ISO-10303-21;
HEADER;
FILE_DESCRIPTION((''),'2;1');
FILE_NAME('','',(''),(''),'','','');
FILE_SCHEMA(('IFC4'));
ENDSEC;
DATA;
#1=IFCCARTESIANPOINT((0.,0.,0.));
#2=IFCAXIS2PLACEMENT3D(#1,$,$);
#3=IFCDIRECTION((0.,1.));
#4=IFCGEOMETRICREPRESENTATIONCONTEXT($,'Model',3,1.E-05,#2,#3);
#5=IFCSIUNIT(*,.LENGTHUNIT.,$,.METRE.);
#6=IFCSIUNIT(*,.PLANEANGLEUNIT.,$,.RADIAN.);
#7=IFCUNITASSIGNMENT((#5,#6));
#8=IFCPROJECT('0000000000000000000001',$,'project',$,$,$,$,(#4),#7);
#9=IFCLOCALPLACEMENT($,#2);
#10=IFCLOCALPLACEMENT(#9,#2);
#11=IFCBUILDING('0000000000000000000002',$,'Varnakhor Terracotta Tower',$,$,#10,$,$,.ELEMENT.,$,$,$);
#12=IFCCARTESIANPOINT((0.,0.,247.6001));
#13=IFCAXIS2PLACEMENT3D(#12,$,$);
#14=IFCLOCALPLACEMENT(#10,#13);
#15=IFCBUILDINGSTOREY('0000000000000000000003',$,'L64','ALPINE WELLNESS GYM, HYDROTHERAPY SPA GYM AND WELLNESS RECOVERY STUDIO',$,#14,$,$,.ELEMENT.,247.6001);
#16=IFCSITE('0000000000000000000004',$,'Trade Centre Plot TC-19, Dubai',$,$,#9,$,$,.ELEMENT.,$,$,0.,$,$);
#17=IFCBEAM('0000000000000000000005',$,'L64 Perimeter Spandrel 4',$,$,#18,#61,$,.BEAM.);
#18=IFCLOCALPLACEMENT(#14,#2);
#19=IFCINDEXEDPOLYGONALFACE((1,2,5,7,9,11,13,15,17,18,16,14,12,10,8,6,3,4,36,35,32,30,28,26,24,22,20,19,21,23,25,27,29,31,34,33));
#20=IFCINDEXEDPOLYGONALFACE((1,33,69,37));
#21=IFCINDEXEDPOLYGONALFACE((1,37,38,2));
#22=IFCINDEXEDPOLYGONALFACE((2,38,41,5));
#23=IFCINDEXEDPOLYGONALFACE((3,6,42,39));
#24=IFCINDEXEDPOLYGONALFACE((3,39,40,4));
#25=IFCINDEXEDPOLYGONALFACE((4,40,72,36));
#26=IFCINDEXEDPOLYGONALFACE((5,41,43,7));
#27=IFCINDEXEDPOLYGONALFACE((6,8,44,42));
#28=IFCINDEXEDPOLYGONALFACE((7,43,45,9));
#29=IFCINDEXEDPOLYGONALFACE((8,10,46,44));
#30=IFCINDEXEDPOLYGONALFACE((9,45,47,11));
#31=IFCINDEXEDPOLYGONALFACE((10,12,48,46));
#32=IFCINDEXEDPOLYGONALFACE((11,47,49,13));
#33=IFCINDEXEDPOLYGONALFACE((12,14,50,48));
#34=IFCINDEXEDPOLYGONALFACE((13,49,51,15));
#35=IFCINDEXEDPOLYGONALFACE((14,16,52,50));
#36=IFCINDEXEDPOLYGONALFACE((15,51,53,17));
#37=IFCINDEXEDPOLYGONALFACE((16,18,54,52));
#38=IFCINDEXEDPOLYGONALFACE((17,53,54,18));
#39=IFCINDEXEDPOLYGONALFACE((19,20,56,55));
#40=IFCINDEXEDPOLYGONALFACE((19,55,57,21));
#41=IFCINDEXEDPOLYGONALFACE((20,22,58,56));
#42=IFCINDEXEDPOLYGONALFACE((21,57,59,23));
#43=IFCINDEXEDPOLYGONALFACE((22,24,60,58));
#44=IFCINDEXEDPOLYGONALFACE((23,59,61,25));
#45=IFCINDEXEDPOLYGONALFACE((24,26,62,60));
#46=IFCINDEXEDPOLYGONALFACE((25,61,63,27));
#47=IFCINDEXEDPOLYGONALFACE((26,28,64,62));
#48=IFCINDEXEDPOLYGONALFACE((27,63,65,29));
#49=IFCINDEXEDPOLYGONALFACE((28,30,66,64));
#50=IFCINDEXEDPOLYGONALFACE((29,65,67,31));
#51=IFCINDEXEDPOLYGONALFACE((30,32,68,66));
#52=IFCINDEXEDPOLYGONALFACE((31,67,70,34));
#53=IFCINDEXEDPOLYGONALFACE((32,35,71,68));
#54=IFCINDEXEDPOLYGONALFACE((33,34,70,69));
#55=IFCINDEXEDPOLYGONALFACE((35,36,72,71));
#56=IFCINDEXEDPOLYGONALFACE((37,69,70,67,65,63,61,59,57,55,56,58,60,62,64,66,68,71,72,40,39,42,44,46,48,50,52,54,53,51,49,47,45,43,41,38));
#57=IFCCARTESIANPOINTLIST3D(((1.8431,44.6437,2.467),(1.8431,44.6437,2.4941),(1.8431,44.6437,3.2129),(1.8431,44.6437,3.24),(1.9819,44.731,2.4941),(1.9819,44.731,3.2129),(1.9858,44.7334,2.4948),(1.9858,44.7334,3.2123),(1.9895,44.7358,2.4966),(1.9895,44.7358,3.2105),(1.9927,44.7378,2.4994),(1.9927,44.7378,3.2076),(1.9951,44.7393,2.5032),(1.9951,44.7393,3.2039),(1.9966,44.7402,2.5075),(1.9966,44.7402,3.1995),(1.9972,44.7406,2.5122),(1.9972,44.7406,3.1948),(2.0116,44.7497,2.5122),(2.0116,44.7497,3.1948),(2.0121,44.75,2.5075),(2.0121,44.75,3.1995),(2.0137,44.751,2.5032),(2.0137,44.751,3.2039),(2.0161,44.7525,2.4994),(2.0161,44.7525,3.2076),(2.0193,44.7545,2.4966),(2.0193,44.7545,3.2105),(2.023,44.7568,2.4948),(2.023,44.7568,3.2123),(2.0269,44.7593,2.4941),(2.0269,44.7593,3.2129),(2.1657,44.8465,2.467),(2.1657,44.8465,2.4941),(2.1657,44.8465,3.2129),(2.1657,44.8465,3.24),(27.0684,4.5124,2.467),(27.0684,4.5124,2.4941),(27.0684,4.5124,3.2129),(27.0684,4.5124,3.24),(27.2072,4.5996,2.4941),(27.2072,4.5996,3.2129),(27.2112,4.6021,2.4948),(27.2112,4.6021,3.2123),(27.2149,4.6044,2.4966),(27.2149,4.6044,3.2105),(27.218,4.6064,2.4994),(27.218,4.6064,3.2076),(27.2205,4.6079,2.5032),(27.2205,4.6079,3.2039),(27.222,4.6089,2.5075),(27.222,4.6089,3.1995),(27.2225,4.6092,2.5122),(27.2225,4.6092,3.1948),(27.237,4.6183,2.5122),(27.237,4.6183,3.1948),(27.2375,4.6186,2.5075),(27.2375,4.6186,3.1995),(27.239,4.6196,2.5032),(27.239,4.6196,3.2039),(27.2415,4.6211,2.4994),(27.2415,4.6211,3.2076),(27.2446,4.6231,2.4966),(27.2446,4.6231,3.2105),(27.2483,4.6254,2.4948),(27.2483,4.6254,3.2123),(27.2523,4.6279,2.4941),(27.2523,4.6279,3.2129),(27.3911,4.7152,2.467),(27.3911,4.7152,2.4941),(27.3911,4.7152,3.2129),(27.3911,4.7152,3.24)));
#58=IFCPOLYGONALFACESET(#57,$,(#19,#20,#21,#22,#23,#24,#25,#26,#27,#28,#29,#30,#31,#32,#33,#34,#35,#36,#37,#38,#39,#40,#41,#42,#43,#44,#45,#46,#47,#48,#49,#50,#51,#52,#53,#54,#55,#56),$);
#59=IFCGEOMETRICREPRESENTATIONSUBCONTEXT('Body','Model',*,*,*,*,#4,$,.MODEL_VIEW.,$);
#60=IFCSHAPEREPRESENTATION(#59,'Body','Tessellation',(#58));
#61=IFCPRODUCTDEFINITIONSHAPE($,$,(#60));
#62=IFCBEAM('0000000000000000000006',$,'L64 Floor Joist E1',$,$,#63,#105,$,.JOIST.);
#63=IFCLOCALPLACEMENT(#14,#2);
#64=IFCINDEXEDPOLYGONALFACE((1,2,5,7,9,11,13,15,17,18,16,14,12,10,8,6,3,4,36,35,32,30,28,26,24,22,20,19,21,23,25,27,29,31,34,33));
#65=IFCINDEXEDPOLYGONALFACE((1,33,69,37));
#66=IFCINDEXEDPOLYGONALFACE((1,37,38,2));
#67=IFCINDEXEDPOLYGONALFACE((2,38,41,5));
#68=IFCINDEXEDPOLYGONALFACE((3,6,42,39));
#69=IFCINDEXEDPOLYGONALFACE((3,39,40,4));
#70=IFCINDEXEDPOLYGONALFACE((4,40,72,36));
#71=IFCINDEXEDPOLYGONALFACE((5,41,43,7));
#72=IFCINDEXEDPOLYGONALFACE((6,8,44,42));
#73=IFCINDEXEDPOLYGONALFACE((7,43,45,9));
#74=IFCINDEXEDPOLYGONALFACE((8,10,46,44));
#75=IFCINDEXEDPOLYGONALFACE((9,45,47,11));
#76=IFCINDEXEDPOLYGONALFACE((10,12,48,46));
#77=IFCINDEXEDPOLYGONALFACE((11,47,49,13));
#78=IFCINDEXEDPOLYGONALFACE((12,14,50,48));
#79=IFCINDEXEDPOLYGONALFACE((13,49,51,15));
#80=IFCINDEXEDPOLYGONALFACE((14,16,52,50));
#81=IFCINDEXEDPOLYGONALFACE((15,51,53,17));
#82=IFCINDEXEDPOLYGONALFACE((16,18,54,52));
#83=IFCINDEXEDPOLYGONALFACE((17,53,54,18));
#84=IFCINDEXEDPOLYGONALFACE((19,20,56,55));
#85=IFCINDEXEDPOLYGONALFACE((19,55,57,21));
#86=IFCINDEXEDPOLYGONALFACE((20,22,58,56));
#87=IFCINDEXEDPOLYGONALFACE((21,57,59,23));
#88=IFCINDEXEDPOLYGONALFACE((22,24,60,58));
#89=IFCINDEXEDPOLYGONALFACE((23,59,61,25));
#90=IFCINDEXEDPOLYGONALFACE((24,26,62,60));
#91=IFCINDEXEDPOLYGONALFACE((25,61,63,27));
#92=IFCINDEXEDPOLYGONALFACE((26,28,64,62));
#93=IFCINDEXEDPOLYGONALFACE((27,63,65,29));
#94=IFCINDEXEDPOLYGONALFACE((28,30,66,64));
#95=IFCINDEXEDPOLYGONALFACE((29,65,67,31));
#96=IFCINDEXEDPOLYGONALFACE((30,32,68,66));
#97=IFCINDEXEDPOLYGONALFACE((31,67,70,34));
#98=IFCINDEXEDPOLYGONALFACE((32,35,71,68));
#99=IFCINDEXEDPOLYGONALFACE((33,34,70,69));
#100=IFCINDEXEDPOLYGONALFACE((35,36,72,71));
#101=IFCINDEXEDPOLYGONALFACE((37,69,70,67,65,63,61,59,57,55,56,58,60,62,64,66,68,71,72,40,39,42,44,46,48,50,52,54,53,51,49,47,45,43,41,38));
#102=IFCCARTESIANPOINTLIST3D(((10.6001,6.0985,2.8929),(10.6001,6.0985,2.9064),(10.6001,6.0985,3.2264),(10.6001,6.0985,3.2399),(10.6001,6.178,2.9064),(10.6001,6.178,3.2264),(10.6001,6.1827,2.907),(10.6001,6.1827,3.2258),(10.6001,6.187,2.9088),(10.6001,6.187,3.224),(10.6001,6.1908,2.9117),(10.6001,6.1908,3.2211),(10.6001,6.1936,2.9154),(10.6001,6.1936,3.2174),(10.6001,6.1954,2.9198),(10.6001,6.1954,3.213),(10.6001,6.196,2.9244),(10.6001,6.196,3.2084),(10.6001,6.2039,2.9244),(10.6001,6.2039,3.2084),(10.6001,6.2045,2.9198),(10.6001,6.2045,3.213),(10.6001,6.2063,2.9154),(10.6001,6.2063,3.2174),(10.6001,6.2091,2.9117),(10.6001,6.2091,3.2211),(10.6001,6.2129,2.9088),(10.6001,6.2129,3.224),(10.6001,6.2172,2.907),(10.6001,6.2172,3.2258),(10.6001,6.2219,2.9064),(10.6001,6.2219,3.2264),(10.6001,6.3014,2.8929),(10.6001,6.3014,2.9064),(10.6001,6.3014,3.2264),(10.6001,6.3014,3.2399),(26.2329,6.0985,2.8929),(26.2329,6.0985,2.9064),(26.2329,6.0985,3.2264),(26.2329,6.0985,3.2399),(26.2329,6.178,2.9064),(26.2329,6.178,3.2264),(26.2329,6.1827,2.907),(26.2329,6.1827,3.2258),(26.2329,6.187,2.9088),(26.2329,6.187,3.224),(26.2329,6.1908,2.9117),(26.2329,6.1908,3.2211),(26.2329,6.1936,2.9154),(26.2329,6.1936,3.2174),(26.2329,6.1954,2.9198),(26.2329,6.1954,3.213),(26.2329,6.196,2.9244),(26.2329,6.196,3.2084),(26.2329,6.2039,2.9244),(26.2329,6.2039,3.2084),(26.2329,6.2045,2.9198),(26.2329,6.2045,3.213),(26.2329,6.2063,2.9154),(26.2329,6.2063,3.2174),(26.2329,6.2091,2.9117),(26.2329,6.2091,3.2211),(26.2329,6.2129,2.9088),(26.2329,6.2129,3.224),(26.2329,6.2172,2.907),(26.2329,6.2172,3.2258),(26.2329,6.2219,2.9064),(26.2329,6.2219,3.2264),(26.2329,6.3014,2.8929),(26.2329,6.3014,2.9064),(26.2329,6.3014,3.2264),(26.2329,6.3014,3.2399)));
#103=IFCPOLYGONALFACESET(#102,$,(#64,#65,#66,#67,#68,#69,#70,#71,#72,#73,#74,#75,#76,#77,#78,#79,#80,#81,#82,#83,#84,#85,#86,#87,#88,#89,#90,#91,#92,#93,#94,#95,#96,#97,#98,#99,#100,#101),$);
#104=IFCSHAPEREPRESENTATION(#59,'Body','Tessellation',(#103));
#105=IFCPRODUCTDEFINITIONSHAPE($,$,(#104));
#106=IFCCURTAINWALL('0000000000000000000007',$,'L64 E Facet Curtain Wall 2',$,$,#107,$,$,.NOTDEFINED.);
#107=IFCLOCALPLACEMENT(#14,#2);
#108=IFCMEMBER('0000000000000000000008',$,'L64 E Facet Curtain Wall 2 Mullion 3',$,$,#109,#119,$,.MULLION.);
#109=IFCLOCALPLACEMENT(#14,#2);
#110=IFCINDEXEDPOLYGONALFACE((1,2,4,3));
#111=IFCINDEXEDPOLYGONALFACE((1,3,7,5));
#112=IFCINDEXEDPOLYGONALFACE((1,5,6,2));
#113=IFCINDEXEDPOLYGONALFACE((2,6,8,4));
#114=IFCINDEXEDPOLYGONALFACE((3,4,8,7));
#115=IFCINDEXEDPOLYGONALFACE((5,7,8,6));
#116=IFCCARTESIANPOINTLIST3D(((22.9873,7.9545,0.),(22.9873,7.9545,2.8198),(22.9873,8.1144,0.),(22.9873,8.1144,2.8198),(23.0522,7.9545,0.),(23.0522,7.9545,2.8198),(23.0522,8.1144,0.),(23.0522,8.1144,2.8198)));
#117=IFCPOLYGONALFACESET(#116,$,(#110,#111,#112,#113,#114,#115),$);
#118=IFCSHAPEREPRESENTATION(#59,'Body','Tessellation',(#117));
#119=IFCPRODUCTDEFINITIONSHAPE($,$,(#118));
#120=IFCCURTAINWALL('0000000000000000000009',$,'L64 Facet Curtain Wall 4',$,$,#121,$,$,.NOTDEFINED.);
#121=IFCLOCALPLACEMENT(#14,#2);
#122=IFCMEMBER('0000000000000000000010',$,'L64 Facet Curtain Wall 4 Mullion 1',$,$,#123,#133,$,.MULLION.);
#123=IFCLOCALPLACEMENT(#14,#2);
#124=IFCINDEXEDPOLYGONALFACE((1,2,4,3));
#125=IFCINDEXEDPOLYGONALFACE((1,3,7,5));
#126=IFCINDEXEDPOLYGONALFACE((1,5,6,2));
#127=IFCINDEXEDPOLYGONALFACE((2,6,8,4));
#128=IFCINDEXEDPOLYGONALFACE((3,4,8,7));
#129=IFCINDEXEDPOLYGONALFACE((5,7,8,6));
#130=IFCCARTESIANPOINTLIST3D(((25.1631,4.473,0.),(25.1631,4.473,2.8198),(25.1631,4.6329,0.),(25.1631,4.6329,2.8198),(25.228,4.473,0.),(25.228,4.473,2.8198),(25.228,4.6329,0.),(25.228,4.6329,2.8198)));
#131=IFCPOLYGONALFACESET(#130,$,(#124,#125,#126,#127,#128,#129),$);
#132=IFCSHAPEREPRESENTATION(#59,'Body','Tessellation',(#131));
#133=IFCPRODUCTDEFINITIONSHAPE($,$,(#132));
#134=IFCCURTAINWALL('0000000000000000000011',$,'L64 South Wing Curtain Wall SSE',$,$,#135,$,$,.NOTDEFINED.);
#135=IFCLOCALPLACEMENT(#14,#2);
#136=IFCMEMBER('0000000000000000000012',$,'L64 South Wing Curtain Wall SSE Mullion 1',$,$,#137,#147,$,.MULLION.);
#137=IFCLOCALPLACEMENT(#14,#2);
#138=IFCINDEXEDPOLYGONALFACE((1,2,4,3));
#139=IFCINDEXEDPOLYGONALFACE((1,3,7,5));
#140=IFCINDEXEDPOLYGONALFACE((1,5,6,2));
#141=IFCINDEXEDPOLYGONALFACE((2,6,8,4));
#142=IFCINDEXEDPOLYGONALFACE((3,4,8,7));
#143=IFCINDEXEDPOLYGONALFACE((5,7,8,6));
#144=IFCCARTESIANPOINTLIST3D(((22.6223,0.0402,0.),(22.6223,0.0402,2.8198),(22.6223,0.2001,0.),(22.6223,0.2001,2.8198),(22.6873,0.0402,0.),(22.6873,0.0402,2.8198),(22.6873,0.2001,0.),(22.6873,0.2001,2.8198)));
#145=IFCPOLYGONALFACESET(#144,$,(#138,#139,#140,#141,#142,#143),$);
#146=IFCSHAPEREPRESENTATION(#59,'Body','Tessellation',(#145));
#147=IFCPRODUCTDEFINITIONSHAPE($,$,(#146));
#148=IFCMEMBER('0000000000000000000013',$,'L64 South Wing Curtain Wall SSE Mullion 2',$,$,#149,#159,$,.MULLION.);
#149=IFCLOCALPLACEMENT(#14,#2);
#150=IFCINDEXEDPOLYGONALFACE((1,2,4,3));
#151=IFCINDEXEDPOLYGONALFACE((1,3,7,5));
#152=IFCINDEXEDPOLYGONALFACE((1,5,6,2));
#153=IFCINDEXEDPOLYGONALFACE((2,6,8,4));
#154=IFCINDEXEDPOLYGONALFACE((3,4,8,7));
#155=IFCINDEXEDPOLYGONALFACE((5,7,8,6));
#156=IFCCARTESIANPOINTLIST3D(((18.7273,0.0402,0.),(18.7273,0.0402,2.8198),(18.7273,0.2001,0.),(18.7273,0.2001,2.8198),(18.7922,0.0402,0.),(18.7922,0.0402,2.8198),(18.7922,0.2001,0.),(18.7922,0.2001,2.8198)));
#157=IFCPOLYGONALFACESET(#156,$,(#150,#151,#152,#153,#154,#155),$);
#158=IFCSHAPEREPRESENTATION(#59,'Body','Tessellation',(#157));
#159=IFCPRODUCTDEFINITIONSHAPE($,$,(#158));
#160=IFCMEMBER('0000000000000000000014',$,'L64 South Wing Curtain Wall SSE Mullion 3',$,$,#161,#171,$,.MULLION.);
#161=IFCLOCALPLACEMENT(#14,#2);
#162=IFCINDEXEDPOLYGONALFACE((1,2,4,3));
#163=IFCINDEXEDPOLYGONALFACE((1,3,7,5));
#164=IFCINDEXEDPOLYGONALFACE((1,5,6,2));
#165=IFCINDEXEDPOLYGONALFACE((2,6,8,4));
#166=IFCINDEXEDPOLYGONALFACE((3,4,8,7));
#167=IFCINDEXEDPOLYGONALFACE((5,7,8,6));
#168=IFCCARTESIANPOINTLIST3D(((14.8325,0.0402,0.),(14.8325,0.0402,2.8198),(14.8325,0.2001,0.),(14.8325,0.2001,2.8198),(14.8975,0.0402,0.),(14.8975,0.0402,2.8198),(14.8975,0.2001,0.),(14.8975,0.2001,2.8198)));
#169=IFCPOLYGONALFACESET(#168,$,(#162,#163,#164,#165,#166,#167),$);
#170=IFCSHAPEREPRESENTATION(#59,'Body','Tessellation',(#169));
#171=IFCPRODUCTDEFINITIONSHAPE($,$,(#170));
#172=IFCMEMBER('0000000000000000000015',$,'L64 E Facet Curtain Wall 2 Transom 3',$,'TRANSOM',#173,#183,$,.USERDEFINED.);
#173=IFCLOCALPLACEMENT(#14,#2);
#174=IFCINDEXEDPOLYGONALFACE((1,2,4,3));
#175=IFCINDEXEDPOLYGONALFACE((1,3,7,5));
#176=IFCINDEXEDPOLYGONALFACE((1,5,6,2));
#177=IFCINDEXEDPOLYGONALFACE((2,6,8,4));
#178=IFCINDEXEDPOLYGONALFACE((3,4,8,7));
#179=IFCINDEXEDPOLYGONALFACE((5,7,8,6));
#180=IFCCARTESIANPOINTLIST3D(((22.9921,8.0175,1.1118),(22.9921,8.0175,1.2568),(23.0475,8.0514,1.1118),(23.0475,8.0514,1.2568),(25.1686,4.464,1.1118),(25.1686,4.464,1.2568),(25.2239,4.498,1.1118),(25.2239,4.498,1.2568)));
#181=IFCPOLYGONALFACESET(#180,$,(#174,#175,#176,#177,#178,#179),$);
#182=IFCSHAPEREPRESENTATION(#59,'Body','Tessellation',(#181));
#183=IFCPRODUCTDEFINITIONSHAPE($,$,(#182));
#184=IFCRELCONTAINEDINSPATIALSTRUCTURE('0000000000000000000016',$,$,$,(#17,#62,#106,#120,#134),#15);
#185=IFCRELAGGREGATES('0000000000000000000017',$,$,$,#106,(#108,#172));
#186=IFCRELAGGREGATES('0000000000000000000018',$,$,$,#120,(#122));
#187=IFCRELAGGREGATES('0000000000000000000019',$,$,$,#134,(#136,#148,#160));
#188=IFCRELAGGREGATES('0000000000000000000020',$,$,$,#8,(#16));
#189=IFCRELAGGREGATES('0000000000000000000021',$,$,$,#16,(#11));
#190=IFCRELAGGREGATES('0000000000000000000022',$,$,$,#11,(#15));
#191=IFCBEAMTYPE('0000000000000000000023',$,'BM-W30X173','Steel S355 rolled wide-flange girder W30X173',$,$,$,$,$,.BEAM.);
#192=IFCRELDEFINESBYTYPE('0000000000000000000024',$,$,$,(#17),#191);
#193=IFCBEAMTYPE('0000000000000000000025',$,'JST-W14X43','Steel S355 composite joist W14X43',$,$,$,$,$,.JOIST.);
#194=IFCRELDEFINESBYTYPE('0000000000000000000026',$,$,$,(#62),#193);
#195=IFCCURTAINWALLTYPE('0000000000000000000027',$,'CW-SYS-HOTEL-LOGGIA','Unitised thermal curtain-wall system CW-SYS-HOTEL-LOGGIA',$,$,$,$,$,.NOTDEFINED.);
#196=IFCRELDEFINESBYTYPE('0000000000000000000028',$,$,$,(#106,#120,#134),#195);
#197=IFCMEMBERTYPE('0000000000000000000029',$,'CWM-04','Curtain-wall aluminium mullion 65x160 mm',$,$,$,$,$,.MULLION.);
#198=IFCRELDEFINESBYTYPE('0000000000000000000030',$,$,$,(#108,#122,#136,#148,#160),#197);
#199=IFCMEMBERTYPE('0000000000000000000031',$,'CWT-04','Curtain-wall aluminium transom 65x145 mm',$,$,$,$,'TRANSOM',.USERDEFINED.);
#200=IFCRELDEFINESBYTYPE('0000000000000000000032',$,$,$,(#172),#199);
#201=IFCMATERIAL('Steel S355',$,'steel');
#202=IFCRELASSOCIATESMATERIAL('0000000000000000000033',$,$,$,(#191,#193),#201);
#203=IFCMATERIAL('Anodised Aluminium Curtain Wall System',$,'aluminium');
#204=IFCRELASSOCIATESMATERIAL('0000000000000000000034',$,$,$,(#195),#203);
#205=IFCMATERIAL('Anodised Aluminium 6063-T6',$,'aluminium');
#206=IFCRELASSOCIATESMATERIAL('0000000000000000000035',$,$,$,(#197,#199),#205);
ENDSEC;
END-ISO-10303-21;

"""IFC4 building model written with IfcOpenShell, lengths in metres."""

from ifc_helpers import new_model, si_unit, direction, frame, origin, origin_2d, place, context, subcontext, project, spatial, rectangle, i_section, extrude, source, transform, mapped, material, material_profile, profile_set, type_object, element, aggregate, save


model = new_model("IFC4")

# Units and contexts
model_context = context("Model", 3, precision=1e-05, world=origin(), true_north=direction((0.0, 1.0)))
body_context = subcontext(model_context, "Body", "Model", "MODEL_VIEW")
ifc_project = project(units=[si_unit("LENGTHUNIT", "METRE"), si_unit("PLANEANGLEUNIT", "RADIAN")], contexts=[model_context])

# Site, building, storey
site_placement = place(None, origin())
site = spatial("IfcSite", under=ifc_project, at=site_placement, Name="Trade Centre Plot TC-19, Dubai", CompositionType="ELEMENT", RefElevation=0.0)
building_placement = place(site_placement, origin())
building = spatial("IfcBuilding", under=site, at=building_placement, Name="Varnakhor Terracotta Tower", CompositionType="ELEMENT")
storey_placement = place(building_placement, frame((0.0, 0.0, 247.6001)))
storey = spatial("IfcBuildingStorey", under=building, at=storey_placement, Name="L64", Description="ALPINE WELLNESS GYM, HYDROTHERAPY SPA GYM AND WELLNESS RECOVERY STUDIO", CompositionType="ELEMENT", Elevation=247.6001)

# Shared definitions
ifc_material_1 = material(Name="Steel S355", Category="steel")

# Beams
ifc_material_profile_1 = material_profile(ifc_material_1, i_section(OverallWidth=0.3811, OverallDepth=0.7729, WebThickness=0.0171, FlangeThickness=0.0271, FilletRadius=0.0181, at=origin_2d()), Name="W30X173")
ifc_profile_set_1 = profile_set([ifc_material_profile_1], Name="Steel S355")
beam_type_1 = type_object("IfcBeamType", Name="BM-W30X173", Description="Steel S355 rolled wide-flange girder W30X173", PredefinedType="BEAM", material=ifc_profile_set_1)
shared_shape_1 = source(origin(), body_context, "Body", "SweptSolid", [
    extrude(i_section(OverallWidth=0.3811, OverallDepth=0.7729, WebThickness=0.0171, FlangeThickness=0.0271, FilletRadius=0.0181, at=origin_2d()), origin(), (0.0, 0.0, 1.0), 47.4009),
])
beam_1_placement = place(storey_placement, frame((27.2297, 4.6138, 2.8535), z_axis=(-0.53217, 0.846637, 0.0), x_axis=(-0.846637, -0.53217, 0.0)))
element("IfcBeam", 1, at=beam_1_placement, inside=storey, type_object=beam_type_1, Name="L64 Perimeter Spandrel 4", PredefinedType="BEAM", context=body_context, shape_type="MappedRepresentation", body=[
    mapped(shared_shape_1, transform((0.0, 0.0, 0.0), scale=1.0)),
])
ifc_material_profile_2 = material_profile(ifc_material_1, i_section(OverallWidth=0.2029, OverallDepth=0.3469, WebThickness=0.0078, FlangeThickness=0.0134, FilletRadius=0.0181, at=origin_2d()), Name="W14X43")
ifc_profile_set_2 = profile_set([ifc_material_profile_2], Name="Steel S355")
beam_type_2 = type_object("IfcBeamType", Name="JST-W14X43", Description="Steel S355 composite joist W14X43", PredefinedType="JOIST", material=ifc_profile_set_2)
shared_shape_2 = source(origin(), body_context, "Body", "SweptSolid", [
    extrude(i_section(OverallWidth=0.2029, OverallDepth=0.3469, WebThickness=0.0078, FlangeThickness=0.0134, FilletRadius=0.0181, at=origin_2d()), origin(), (0.0, 0.0, 1.0), 15.6328),
])
beam_2_placement = place(storey_placement, frame((10.6001, 6.2, 3.0664), z_axis=(1.0, 0.0, 0.0), x_axis=(0.0, 1.0, 0.0)))
element("IfcBeam", 2, at=beam_2_placement, inside=storey, type_object=beam_type_2, Name="L64 Floor Joist E1", PredefinedType="JOIST", context=body_context, shape_type="MappedRepresentation", body=[
    mapped(shared_shape_2, transform((0.0, 0.0, 0.0), scale=1.0)),
])

# Curtain walls, members
ifc_material_2 = material(Name="Anodised Aluminium Curtain Wall System", Category="aluminium")
curtain_wall_type = type_object("IfcCurtainWallType", Name="CW-SYS-HOTEL-LOGGIA", Description="Unitised thermal curtain-wall system CW-SYS-HOTEL-LOGGIA", PredefinedType="NOTDEFINED", material=ifc_material_2)
curtain_wall_1_placement = place(storey_placement, origin())
curtain_wall_1 = element("IfcCurtainWall", 3, at=curtain_wall_1_placement, inside=storey, type_object=curtain_wall_type, Name="L64 E Facet Curtain Wall 2", PredefinedType="NOTDEFINED")
ifc_material_3 = material(Name="Anodised Aluminium 6063-T6", Category="aluminium")
ifc_material_profile_3 = material_profile(ifc_material_3, rectangle(XDim=0.0649, YDim=0.1599, at=origin_2d()), Name="ALU MULLION 65x160")
ifc_profile_set_3 = profile_set([ifc_material_profile_3], Name="Anodised Aluminium 6063-T6")
member_type_1 = type_object("IfcMemberType", Name="CWM-04", Description="Curtain-wall aluminium mullion 65x160 mm", PredefinedType="MULLION", material=ifc_profile_set_3)
shared_shape_3 = source(origin(), body_context, "Body", "SweptSolid", [
    extrude(rectangle(XDim=0.0649, YDim=0.1599, at=origin_2d()), origin(), (0.0, 0.0, 1.0), 2.8198),
])
member_1_placement = place(storey_placement, frame((23.0198, 8.0344, 0.0), z_axis=(0.0, 0.0, 1.0), x_axis=(1.0, 0.0, 0.0)))
member_1 = element("IfcMember", 4, at=member_1_placement, type_object=member_type_1, Name="L64 E Facet Curtain Wall 2 Mullion 3", PredefinedType="MULLION", context=body_context, shape_type="MappedRepresentation", body=[
    mapped(shared_shape_3, transform((0.0, 0.0, 0.0), scale=1.0)),
])
curtain_wall_2_placement = place(storey_placement, origin())
curtain_wall_2 = element("IfcCurtainWall", 5, at=curtain_wall_2_placement, inside=storey, type_object=curtain_wall_type, Name="L64 Facet Curtain Wall 4", PredefinedType="NOTDEFINED")
member_2_placement = place(storey_placement, frame((25.1956, 4.553, 0.0), z_axis=(0.0, 0.0, 1.0), x_axis=(1.0, 0.0, 0.0)))
member_2 = element("IfcMember", 6, at=member_2_placement, type_object=member_type_1, Name="L64 Facet Curtain Wall 4 Mullion 1", PredefinedType="MULLION", context=body_context, shape_type="MappedRepresentation", body=[
    mapped(shared_shape_3, transform((0.0, 0.0, 0.0), scale=1.0)),
])

# Curtain wall, members
curtain_wall_3_placement = place(storey_placement, origin())
curtain_wall_3 = element("IfcCurtainWall", 7, at=curtain_wall_3_placement, inside=storey, type_object=curtain_wall_type, Name="L64 South Wing Curtain Wall SSE", PredefinedType="NOTDEFINED")
member_3_placement = place(storey_placement, frame((22.6548, 0.1201, 0.0), z_axis=(0.0, 0.0, 1.0), x_axis=(1.0, 0.0, 0.0)))
member_3 = element("IfcMember", 8, at=member_3_placement, type_object=member_type_1, Name="L64 South Wing Curtain Wall SSE Mullion 1", PredefinedType="MULLION", context=body_context, shape_type="MappedRepresentation", body=[
    mapped(shared_shape_3, transform((0.0, 0.0, 0.0), scale=1.0)),
])
member_4_placement = place(storey_placement, frame((18.7598, 0.1201, 0.0), z_axis=(0.0, 0.0, 1.0), x_axis=(1.0, 0.0, 0.0)))
member_4 = element("IfcMember", 9, at=member_4_placement, type_object=member_type_1, Name="L64 South Wing Curtain Wall SSE Mullion 2", PredefinedType="MULLION", context=body_context, shape_type="MappedRepresentation", body=[
    mapped(shared_shape_3, transform((0.0, 0.0, 0.0), scale=1.0)),
])
member_5_placement = place(storey_placement, frame((14.865, 0.1201, 0.0), z_axis=(0.0, 0.0, 1.0), x_axis=(1.0, 0.0, 0.0)))
member_5 = element("IfcMember", 10, at=member_5_placement, type_object=member_type_1, Name="L64 South Wing Curtain Wall SSE Mullion 3", PredefinedType="MULLION", context=body_context, shape_type="MappedRepresentation", body=[
    mapped(shared_shape_3, transform((0.0, 0.0, 0.0), scale=1.0)),
])

# Member
ifc_material_profile_4 = material_profile(ifc_material_3, rectangle(XDim=0.0649, YDim=0.145, at=origin_2d()), Name="ALU TRANSOM 65x145")
ifc_profile_set_4 = profile_set([ifc_material_profile_4], Name="Anodised Aluminium 6063-T6")
member_type_2 = type_object("IfcMemberType", Name="CWT-04", Description="Curtain-wall aluminium transom 65x145 mm", ElementType="TRANSOM", PredefinedType="USERDEFINED", material=ifc_profile_set_4)
shared_shape_4 = source(origin(), body_context, "Body", "SweptSolid", [
    extrude(rectangle(XDim=0.0649, YDim=0.145, at=origin_2d()), origin(), (0.0, 0.0, 1.0), 4.167),
])
member_6_placement = place(storey_placement, frame((23.0198, 8.0344, 1.1843), z_axis=(0.522315, -0.852753, 0.0), x_axis=(0.852753, 0.522315, 0.0)))
member_6 = element("IfcMember", 11, at=member_6_placement, type_object=member_type_2, Name="L64 E Facet Curtain Wall 2 Transom 3", ObjectType="TRANSOM", PredefinedType="USERDEFINED", context=body_context, shape_type="MappedRepresentation", body=[
    mapped(shared_shape_4, transform((0.0, 0.0, 0.0), scale=1.0)),
])

aggregate(curtain_wall_1, [member_1, member_6])
aggregate(curtain_wall_2, [member_2])
aggregate(curtain_wall_3, [member_3, member_4, member_5])

save(model, "model.ifc")
